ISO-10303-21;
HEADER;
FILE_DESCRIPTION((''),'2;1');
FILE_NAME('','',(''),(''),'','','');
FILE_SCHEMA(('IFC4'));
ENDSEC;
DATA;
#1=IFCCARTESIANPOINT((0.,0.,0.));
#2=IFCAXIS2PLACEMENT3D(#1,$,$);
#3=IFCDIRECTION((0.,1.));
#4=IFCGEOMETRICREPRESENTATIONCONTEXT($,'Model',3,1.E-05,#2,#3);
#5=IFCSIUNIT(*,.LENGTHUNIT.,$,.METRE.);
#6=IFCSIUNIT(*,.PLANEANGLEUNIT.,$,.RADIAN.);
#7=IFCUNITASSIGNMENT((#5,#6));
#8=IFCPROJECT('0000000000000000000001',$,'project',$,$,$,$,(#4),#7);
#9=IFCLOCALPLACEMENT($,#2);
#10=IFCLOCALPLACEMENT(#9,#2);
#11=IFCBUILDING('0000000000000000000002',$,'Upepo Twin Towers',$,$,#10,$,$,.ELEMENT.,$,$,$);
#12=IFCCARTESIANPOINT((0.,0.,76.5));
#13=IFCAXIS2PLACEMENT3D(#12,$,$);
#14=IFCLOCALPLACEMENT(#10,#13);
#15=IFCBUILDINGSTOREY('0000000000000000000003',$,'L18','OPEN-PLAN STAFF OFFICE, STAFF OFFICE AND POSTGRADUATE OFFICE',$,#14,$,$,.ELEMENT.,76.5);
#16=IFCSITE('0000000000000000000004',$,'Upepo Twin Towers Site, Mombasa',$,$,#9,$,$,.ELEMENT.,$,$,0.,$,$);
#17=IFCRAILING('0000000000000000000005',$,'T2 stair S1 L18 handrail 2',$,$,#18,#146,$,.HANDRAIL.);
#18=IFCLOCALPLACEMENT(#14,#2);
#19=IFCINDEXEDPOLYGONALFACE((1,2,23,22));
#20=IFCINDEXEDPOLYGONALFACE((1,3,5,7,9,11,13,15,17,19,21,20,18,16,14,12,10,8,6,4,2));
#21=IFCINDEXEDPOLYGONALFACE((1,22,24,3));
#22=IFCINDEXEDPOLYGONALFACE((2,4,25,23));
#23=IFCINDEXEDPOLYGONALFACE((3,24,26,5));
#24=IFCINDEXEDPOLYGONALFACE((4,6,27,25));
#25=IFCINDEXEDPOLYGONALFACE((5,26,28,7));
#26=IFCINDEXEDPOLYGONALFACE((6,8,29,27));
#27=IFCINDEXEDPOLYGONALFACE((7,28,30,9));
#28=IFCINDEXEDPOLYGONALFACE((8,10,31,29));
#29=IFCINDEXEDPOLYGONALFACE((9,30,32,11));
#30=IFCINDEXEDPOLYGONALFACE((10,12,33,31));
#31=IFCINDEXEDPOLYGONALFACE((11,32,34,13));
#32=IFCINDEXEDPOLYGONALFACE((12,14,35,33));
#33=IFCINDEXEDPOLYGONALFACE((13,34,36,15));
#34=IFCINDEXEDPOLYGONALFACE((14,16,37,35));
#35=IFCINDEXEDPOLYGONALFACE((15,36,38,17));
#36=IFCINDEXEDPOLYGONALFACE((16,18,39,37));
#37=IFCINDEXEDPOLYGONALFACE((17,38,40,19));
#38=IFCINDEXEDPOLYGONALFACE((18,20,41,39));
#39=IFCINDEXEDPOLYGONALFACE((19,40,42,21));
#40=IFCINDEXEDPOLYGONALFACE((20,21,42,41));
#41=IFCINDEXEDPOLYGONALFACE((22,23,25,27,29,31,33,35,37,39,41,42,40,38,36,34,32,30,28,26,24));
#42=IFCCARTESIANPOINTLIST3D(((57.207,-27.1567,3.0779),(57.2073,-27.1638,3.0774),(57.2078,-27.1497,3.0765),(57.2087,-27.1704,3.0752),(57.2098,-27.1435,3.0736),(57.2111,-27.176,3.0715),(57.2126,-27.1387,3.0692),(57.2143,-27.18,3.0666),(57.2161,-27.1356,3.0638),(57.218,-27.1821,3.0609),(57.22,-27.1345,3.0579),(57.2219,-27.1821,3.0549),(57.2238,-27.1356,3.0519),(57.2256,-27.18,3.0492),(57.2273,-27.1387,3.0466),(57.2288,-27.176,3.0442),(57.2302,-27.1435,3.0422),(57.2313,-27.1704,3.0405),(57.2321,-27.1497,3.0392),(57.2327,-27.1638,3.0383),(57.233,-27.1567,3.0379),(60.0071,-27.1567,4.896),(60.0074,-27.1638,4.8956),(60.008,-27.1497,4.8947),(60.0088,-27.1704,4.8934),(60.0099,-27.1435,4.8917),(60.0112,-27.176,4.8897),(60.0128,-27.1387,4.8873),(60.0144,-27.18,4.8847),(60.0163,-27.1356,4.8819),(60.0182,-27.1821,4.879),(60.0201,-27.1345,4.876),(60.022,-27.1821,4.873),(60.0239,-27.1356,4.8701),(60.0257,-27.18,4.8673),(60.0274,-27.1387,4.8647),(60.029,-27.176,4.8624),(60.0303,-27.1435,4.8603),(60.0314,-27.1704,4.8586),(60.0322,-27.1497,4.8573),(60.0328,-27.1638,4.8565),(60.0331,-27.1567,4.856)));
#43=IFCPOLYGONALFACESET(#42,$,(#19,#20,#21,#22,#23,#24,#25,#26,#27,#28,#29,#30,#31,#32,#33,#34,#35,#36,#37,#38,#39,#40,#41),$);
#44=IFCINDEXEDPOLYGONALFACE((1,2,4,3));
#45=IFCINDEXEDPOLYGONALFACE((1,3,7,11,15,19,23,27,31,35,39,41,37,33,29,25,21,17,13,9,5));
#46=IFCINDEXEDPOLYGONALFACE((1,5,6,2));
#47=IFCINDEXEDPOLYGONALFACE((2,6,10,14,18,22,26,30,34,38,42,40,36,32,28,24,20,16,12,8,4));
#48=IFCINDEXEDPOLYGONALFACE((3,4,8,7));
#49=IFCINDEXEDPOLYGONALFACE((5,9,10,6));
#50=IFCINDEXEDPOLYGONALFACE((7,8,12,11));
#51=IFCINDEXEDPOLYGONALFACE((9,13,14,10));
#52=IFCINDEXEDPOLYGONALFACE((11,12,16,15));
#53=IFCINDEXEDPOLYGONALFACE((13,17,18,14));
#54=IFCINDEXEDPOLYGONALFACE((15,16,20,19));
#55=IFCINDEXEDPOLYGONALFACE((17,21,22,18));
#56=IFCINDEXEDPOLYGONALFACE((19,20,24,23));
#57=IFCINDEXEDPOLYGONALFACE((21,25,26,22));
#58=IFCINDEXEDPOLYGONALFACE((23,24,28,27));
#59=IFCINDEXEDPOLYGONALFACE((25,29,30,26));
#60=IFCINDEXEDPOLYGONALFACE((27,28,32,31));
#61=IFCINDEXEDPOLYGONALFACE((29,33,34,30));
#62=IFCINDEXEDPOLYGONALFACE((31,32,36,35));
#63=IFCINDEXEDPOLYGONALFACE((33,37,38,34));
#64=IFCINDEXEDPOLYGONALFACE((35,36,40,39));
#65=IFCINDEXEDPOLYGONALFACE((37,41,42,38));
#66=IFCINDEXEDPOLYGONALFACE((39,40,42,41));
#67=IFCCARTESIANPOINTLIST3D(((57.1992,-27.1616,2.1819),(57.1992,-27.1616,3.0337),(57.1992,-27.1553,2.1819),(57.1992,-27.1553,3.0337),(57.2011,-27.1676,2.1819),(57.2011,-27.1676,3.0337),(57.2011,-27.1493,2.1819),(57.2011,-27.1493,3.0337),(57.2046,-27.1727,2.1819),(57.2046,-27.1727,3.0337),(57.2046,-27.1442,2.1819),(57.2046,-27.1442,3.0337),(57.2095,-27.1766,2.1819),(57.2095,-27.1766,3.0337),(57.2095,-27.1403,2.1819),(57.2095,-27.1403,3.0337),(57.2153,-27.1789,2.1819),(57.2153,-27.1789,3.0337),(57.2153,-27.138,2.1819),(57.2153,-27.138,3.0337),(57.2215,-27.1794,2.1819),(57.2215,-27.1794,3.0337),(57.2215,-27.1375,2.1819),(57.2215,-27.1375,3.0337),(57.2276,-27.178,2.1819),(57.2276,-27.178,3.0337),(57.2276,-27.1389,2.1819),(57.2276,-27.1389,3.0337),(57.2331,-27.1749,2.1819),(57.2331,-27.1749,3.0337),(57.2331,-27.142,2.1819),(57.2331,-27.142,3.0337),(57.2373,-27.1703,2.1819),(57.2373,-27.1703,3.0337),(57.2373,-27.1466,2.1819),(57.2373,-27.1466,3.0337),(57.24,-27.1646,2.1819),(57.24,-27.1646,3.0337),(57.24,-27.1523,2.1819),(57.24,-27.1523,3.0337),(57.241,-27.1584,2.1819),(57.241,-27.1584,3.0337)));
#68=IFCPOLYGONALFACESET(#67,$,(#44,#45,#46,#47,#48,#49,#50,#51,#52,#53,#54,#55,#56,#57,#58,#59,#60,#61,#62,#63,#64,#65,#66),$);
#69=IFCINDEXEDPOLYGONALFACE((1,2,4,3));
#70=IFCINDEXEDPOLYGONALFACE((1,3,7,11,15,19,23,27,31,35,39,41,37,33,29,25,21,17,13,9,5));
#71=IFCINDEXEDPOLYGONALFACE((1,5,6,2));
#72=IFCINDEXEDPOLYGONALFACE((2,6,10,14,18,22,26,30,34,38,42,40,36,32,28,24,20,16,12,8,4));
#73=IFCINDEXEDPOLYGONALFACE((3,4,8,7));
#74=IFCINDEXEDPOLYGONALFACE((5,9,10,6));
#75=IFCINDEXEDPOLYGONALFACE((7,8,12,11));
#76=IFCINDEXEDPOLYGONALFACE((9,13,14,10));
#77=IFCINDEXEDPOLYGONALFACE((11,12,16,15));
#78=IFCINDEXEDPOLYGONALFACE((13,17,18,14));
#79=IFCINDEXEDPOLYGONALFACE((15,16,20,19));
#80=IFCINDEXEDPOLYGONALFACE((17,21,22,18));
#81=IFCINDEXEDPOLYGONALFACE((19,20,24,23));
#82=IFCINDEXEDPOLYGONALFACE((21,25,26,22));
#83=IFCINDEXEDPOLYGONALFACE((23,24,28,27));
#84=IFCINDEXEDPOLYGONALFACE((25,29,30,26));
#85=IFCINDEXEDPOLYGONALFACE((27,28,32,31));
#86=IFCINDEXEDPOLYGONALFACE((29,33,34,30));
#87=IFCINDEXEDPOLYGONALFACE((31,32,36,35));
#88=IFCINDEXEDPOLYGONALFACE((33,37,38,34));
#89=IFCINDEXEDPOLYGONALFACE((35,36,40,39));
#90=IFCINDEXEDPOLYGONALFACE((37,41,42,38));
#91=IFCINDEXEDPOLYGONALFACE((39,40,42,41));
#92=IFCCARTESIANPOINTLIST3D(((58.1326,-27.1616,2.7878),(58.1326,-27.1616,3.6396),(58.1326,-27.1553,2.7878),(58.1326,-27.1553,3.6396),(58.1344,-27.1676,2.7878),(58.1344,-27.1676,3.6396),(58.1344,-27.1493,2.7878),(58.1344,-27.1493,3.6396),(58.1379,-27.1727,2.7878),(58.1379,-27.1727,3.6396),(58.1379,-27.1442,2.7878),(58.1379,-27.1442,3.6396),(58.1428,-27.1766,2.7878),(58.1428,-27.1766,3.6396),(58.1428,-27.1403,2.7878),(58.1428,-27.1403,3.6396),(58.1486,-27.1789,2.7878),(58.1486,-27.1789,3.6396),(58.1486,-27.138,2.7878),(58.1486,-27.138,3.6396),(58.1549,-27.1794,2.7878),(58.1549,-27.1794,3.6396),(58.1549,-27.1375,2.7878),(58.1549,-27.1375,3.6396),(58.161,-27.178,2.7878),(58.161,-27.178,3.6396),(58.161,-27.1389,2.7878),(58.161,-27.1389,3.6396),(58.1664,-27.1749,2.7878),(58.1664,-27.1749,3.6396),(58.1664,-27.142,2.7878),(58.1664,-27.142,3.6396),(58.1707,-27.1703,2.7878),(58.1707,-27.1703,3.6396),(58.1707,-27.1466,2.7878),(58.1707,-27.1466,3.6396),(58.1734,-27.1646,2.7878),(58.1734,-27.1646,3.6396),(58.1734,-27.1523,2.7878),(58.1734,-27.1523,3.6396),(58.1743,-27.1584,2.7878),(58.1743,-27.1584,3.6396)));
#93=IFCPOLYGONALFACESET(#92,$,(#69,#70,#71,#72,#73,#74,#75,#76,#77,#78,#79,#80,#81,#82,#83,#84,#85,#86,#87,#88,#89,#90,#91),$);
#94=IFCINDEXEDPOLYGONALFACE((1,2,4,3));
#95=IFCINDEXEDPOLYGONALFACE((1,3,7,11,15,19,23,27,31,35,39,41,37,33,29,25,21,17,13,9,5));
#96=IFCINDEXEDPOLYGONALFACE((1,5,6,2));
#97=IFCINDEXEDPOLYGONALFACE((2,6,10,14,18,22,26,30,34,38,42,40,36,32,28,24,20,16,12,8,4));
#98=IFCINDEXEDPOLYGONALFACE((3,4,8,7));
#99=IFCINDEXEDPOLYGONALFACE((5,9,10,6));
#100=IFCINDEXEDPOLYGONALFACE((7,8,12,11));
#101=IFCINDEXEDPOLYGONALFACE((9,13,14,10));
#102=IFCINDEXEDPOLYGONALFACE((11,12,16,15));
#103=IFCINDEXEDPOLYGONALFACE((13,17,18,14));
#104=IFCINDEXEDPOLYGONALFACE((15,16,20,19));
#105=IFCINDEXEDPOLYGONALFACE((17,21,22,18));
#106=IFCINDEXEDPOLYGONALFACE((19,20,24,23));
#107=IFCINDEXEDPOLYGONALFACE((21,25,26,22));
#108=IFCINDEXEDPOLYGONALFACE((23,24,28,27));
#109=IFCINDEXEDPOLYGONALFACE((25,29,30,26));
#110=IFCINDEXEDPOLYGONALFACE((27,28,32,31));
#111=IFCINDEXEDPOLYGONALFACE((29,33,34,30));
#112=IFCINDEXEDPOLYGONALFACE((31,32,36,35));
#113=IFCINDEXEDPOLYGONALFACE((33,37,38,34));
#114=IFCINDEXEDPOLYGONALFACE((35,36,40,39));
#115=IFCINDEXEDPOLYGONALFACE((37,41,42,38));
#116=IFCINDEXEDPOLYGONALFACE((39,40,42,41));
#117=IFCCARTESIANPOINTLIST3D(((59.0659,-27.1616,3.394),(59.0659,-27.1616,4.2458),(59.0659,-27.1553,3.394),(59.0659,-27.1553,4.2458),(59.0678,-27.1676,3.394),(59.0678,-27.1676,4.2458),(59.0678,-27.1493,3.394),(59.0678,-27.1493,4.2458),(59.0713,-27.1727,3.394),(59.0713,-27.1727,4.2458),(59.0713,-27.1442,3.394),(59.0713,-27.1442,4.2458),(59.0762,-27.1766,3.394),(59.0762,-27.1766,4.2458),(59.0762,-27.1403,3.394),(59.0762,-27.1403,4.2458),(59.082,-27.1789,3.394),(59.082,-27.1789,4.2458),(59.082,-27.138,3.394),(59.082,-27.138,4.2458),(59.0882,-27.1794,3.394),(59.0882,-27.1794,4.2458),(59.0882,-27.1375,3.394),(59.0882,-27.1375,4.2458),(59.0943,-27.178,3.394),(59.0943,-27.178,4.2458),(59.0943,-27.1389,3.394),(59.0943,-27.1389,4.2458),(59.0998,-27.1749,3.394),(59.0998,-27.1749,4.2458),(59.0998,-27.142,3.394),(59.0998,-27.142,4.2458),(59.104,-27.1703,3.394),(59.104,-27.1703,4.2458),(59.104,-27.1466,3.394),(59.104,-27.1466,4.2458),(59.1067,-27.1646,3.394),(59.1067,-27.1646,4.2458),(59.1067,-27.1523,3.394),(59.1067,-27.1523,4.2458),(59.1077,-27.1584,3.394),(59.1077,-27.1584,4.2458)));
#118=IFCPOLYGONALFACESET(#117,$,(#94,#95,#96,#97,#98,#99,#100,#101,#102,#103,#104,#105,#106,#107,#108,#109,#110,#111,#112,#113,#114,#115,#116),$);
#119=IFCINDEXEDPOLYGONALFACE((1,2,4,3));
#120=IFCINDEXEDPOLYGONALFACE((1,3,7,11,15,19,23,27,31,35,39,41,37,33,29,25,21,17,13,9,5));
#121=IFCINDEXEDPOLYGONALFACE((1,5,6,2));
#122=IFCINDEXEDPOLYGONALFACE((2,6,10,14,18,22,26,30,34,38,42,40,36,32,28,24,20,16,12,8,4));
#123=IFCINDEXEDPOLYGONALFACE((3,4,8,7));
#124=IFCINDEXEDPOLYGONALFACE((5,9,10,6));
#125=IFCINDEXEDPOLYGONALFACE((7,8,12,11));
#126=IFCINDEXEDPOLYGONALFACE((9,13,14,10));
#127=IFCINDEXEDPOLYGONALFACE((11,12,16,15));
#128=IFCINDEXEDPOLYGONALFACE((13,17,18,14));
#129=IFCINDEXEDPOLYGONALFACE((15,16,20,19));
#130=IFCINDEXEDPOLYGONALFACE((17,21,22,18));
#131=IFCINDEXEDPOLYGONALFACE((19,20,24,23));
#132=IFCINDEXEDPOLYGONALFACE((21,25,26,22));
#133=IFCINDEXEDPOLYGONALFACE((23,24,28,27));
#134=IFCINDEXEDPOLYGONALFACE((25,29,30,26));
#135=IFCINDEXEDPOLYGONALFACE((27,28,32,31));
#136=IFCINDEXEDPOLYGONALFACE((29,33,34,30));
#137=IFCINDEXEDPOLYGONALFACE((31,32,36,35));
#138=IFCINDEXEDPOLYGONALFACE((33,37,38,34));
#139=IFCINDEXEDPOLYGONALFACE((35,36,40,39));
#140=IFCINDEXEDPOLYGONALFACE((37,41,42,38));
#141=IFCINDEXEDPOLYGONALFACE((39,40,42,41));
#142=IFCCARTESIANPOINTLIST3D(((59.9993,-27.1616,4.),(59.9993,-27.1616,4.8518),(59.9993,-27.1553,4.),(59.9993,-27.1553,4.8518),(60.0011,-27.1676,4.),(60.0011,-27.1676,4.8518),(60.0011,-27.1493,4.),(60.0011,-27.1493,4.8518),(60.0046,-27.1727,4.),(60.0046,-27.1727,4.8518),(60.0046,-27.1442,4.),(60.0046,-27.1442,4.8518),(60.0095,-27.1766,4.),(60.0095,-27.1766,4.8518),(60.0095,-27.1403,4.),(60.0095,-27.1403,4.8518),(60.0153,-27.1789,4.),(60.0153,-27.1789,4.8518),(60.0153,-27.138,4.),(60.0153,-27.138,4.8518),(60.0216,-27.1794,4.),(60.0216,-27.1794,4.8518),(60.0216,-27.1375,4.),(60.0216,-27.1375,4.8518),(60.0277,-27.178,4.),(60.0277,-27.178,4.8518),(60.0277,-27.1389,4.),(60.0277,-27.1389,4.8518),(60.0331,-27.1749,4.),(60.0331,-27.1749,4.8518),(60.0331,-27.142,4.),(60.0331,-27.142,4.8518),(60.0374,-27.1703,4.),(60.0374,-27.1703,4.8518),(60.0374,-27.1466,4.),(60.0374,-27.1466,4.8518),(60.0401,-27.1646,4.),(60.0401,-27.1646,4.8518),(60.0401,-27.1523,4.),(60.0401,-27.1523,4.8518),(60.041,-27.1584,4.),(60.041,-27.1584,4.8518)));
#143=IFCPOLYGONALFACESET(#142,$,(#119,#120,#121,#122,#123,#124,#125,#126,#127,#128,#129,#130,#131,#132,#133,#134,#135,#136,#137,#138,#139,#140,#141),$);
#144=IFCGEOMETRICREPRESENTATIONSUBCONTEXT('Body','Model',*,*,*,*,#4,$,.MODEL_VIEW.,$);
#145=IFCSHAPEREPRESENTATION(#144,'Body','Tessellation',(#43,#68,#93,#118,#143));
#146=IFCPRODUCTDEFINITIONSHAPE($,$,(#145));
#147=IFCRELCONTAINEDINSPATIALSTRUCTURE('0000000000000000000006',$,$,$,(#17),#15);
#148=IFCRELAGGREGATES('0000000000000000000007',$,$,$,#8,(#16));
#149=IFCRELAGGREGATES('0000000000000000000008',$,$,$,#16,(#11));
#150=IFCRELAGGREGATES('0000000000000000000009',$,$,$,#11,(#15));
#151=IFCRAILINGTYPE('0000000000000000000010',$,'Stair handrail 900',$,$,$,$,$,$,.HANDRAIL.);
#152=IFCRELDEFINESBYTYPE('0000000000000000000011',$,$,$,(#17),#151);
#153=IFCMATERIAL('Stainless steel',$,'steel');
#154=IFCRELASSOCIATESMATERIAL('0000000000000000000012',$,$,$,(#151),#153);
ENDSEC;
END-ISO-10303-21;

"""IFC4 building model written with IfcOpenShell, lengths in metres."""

from ifc_helpers import new_model, si_unit, direction, frame, origin, origin_2d, place, context, subcontext, project, spatial, circle, extrude, material, type_object, element, save


model = new_model("IFC4")

# Units and contexts
model_context = context("Model", 3, precision=1e-05, world=origin(), true_north=direction((0.0, 1.0)))
body_context = subcontext(model_context, "Body", "Model", "MODEL_VIEW")
ifc_project = project(units=[si_unit("LENGTHUNIT", "METRE"), si_unit("PLANEANGLEUNIT", "RADIAN")], contexts=[model_context])

# Site, building, storey
site_placement = place(None, origin())
site = spatial("IfcSite", under=ifc_project, at=site_placement, Name="Upepo Twin Towers Site, Mombasa", CompositionType="ELEMENT", RefElevation=0.0)
building_placement = place(site_placement, origin())
building = spatial("IfcBuilding", under=site, at=building_placement, Name="Upepo Twin Towers", CompositionType="ELEMENT")
storey_placement = place(building_placement, frame((0.0, 0.0, 76.5)))
storey = spatial("IfcBuildingStorey", under=building, at=storey_placement, Name="L18", Description="OPEN-PLAN STAFF OFFICE, STAFF OFFICE AND POSTGRADUATE OFFICE", CompositionType="ELEMENT", Elevation=76.5)

# Railing
ifc_material_1 = material(Name="Stainless steel", Category="steel")
railing_type = type_object("IfcRailingType", Name="Stair handrail 900", PredefinedType="HANDRAIL", material=ifc_material_1)
railing_placement = place(storey_placement, frame((57.22, -27.1584, 2.1819)))
element("IfcRailing", 1, at=railing_placement, inside=storey, type_object=railing_type, Name="T2 stair S1 L18 handrail 2", PredefinedType="HANDRAIL", context=body_context, shape_type="SweptSolid", body=[
    extrude(circle(Radius=0.0239, at=origin_2d()), frame((0.0, 0.0, 0.876), z_axis=(0.838706, 0.0, 0.544585), x_axis=(0.0, 1.0, 0.0)), (0.0, 0.0, 1.0), 3.3386),
    extrude(circle(Radius=0.021, at=origin_2d()), origin(), (0.0, 0.0, 1.0), 0.8518),
    extrude(circle(Radius=0.021, at=origin_2d()), frame((0.9333, 0.0, 0.606)), (0.0, 0.0, 1.0), 0.8518),
    extrude(circle(Radius=0.021, at=origin_2d()), frame((1.8667, 0.0, 1.2122)), (0.0, 0.0, 1.0), 0.8518),
    extrude(circle(Radius=0.021, at=origin_2d()), frame((2.8, 0.0, 1.8181)), (0.0, 0.0, 1.0), 0.8518),
])

save(model, "model.ifc")
